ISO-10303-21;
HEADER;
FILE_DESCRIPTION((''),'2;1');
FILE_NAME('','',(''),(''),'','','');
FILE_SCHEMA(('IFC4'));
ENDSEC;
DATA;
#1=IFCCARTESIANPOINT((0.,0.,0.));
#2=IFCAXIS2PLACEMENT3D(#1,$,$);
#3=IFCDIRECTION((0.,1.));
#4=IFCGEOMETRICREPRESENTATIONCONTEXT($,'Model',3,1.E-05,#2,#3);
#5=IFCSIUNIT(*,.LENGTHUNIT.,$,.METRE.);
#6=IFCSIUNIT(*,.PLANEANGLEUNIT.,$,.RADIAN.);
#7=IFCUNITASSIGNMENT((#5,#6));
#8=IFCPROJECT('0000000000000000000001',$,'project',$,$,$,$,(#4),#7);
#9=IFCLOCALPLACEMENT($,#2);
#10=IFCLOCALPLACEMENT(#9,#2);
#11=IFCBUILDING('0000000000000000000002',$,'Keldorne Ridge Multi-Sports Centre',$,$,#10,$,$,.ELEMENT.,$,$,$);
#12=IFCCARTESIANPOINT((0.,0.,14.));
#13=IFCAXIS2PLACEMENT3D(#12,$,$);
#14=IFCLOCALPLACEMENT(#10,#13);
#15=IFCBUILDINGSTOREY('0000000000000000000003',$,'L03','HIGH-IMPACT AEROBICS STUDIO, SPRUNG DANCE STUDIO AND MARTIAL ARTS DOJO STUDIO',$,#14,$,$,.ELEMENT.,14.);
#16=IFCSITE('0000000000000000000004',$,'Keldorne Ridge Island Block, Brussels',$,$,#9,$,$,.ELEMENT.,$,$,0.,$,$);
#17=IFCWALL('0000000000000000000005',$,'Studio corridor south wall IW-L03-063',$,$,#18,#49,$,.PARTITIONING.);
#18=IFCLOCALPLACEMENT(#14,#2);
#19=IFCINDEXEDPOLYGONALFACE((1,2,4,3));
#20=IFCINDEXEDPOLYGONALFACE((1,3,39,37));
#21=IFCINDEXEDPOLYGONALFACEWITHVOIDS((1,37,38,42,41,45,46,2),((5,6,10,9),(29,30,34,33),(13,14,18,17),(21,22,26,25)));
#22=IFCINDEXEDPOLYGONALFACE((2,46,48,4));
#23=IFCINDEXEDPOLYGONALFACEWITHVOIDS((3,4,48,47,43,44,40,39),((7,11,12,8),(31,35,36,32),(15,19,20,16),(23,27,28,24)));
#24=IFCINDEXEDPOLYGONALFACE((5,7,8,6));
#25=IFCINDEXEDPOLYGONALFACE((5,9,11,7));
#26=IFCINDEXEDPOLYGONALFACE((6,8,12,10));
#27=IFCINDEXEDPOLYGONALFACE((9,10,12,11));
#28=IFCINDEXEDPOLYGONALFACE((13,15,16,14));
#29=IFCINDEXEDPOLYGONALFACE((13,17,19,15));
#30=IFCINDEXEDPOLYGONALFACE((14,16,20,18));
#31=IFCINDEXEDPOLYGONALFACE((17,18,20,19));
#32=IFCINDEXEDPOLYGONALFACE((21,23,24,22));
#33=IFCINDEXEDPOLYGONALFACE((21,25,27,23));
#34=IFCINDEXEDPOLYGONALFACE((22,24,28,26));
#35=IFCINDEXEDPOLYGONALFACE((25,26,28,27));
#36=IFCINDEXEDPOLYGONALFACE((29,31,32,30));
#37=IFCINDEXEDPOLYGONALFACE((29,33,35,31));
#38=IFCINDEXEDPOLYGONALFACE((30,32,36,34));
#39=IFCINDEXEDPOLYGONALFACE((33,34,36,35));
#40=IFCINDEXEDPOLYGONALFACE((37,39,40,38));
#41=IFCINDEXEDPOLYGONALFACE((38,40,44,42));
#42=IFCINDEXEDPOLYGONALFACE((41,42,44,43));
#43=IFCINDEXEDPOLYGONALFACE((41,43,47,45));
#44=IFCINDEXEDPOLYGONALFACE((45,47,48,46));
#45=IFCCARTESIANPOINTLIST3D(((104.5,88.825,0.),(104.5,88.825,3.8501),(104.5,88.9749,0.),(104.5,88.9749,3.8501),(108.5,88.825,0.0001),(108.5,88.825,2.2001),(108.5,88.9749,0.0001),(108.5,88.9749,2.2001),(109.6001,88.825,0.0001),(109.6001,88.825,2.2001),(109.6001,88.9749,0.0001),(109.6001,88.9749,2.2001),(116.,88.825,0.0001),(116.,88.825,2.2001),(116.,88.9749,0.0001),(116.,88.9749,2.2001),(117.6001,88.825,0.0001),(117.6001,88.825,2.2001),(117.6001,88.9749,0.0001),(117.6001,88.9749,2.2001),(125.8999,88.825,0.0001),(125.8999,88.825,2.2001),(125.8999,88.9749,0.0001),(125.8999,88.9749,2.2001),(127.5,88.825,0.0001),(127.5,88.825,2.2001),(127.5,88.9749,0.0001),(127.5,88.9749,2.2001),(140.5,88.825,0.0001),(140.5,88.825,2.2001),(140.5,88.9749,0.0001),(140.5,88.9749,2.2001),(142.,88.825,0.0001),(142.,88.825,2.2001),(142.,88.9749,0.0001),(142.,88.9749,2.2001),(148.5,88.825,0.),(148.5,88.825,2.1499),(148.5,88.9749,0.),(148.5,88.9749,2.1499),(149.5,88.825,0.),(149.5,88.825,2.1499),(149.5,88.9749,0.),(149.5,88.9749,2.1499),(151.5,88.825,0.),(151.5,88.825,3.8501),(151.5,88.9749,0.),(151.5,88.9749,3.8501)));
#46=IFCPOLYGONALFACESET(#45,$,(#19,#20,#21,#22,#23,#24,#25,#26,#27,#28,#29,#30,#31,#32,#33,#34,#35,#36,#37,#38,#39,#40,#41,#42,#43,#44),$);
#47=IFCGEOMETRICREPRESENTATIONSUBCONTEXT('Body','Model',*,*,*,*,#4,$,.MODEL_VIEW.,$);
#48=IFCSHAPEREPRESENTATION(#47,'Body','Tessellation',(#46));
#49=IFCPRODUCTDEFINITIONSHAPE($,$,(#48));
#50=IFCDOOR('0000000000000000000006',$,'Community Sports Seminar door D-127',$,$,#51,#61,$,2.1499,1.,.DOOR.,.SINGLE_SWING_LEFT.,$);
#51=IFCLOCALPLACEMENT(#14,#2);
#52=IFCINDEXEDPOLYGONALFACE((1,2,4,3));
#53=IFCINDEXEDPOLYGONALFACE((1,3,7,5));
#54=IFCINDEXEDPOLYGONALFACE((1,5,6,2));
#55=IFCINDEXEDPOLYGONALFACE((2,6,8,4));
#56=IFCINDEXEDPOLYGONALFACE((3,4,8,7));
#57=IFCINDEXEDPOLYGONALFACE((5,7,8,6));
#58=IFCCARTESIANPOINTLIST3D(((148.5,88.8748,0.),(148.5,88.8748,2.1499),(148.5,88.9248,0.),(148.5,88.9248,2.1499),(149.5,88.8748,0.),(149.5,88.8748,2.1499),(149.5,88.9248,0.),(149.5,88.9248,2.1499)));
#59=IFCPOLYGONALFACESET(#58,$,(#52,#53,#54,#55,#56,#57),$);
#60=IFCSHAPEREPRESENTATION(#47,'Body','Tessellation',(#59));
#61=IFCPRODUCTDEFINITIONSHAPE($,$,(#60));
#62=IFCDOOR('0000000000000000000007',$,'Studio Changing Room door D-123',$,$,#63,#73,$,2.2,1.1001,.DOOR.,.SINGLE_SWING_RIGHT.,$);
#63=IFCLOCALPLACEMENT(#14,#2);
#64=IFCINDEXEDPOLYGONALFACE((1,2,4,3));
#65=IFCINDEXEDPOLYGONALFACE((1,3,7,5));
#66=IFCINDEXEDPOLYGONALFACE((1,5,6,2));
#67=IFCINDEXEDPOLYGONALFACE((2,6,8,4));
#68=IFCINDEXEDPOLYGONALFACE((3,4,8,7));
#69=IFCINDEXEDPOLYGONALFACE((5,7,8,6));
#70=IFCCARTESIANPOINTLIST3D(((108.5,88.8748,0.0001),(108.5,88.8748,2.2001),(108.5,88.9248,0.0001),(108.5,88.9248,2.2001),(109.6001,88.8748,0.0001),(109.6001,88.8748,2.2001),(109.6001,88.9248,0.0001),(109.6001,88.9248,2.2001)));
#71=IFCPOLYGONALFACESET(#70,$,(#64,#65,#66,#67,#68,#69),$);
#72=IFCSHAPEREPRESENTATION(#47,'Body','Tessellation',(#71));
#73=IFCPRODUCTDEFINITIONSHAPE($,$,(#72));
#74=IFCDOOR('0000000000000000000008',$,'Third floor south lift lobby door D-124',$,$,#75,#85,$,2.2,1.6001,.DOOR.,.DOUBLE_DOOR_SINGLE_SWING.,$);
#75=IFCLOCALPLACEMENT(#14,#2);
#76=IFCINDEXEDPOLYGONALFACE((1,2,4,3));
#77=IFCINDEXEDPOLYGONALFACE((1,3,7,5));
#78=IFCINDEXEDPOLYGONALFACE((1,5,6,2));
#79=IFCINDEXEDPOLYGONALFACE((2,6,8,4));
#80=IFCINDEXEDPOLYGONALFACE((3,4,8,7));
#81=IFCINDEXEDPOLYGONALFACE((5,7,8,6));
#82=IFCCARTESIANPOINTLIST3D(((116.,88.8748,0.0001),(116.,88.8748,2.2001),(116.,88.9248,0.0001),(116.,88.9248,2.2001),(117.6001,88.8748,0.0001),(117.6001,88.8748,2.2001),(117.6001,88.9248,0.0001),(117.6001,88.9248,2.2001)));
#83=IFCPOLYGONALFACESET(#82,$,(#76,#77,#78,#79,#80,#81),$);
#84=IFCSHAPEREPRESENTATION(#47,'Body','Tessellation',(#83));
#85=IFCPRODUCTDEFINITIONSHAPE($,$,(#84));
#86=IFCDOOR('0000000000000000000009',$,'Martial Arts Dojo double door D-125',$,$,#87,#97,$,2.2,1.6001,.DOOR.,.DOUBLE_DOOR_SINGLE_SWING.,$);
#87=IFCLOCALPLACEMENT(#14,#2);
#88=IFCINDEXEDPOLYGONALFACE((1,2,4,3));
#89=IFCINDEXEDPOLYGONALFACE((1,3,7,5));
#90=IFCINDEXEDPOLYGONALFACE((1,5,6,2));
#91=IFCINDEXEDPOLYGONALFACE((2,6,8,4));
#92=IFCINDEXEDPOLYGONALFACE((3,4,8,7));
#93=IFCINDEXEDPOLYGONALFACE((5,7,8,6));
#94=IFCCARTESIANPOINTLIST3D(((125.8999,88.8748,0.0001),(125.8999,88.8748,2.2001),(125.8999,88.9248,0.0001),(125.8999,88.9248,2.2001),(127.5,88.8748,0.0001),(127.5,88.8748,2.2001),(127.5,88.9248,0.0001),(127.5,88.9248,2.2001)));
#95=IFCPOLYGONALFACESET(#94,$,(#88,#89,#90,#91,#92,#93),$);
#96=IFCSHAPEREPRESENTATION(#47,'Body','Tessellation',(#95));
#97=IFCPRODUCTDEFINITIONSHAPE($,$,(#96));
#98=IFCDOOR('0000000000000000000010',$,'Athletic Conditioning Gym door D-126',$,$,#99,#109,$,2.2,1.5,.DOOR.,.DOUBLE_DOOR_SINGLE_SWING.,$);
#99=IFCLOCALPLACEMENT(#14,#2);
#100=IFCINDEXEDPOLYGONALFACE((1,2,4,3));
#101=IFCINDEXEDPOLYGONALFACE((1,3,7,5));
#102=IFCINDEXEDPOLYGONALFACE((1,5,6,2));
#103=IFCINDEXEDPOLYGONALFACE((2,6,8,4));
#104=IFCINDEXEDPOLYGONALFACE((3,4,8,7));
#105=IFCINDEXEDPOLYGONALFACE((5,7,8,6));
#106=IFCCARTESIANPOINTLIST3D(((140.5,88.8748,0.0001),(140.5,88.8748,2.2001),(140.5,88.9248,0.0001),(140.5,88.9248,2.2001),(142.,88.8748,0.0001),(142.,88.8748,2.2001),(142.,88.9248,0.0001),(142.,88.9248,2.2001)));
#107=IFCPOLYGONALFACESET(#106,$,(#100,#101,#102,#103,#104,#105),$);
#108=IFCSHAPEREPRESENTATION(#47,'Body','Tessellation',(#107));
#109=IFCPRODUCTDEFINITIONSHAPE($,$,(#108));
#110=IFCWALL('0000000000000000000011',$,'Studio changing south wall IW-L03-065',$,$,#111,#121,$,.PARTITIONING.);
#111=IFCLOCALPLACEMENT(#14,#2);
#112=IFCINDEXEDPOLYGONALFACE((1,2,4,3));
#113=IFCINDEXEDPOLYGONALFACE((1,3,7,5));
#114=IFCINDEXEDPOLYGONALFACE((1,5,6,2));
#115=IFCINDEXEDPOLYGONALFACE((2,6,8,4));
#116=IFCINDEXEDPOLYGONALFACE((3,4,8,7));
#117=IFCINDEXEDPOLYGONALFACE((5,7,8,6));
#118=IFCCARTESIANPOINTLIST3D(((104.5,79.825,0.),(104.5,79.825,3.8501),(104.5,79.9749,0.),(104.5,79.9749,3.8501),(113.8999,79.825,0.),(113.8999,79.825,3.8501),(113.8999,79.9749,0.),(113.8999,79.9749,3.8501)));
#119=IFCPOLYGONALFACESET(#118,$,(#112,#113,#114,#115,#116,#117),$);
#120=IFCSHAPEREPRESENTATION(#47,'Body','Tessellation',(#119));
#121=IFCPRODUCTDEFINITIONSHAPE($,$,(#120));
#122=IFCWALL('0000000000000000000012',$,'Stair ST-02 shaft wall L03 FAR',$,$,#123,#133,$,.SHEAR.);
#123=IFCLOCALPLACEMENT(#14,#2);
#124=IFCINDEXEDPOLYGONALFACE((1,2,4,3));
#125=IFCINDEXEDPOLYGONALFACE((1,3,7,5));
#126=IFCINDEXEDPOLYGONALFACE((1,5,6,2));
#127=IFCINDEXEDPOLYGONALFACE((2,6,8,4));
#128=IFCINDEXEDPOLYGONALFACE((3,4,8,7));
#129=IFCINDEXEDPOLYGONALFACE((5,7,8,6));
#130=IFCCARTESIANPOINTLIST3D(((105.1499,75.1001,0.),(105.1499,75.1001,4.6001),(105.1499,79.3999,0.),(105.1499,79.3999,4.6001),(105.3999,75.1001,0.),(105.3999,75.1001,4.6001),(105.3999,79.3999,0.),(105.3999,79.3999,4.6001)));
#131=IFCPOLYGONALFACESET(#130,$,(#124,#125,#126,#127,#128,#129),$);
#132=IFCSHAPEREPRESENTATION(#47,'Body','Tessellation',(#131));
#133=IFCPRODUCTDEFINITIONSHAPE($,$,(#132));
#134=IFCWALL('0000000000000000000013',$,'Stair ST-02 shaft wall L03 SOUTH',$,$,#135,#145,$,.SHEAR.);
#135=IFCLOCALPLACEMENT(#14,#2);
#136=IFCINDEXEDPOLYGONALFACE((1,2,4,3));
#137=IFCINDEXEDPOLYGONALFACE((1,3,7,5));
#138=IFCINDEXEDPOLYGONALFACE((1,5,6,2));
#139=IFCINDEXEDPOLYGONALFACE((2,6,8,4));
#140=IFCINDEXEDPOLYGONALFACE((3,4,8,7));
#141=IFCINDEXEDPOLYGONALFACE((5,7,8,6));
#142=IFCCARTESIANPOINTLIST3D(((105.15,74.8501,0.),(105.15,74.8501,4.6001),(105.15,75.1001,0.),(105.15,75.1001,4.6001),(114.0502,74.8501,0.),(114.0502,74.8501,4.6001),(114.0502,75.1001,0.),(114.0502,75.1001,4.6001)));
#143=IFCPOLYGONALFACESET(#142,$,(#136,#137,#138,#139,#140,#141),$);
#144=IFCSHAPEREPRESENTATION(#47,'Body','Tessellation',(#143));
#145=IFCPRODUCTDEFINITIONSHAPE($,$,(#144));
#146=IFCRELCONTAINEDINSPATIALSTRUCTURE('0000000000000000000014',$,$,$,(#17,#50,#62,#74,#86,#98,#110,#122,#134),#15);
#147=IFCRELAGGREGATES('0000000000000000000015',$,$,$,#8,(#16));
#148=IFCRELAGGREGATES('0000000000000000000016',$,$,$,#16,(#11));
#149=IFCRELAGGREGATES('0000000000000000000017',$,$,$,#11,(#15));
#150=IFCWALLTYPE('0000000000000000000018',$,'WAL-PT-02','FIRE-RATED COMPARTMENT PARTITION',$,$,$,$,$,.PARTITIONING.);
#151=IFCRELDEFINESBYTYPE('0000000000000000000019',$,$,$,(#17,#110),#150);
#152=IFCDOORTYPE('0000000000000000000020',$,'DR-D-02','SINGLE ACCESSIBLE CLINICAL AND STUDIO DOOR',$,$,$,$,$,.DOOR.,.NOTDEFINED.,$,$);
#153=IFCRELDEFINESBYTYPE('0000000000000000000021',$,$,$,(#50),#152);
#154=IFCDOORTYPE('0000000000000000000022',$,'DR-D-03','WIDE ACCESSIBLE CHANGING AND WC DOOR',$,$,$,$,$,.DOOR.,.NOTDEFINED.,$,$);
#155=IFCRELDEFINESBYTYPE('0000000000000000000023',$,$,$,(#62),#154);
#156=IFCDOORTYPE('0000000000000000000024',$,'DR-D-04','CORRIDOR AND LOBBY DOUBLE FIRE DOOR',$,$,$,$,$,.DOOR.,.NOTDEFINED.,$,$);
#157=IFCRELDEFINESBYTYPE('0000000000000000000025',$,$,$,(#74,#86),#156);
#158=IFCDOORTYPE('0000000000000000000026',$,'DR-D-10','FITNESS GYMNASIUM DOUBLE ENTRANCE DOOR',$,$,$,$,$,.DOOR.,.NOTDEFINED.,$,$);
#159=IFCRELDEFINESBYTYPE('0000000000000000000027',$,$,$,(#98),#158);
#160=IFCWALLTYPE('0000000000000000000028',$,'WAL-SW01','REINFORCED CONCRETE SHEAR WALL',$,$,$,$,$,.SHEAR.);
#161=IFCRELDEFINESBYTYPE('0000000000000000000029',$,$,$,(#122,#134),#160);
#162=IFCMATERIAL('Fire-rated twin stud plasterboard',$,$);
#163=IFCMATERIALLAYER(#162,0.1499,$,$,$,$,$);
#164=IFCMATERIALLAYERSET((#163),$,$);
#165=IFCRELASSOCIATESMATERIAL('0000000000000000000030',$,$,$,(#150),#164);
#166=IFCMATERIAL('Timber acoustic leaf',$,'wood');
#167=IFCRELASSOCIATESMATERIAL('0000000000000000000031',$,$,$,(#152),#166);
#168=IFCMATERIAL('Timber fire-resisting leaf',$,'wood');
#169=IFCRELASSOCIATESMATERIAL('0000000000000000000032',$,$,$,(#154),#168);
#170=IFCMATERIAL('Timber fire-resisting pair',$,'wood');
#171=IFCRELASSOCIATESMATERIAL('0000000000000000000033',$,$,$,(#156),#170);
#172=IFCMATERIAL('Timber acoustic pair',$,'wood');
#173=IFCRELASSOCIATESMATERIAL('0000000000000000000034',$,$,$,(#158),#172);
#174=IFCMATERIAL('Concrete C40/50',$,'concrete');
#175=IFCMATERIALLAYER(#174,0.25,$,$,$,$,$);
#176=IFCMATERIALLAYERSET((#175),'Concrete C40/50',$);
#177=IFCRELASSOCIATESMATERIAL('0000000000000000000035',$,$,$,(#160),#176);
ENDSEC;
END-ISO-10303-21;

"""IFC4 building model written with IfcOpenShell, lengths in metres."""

from ifc_helpers import new_model, si_unit, direction, frame, frame_2d, origin, place, context, subcontext, project, spatial, rectangle, extrude, material, layer, layer_set, type_object, element, fill, save


model = new_model("IFC4")

# Units and contexts
model_context = context("Model", 3, precision=1e-05, world=origin(), true_north=direction((0.0, 1.0)))
body_context = subcontext(model_context, "Body", "Model", "MODEL_VIEW")
ifc_project = project(units=[si_unit("LENGTHUNIT", "METRE"), si_unit("PLANEANGLEUNIT", "RADIAN")], contexts=[model_context])

# Site, building, storey
site_placement = place(None, origin())
site = spatial("IfcSite", under=ifc_project, at=site_placement, Name="Keldorne Ridge Island Block, Brussels", CompositionType="ELEMENT", RefElevation=0.0)
building_placement = place(site_placement, origin())
building = spatial("IfcBuilding", under=site, at=building_placement, Name="Keldorne Ridge Multi-Sports Centre", CompositionType="ELEMENT")
storey_placement = place(building_placement, frame((0.0, 0.0, 14.0)))
storey = spatial("IfcBuildingStorey", under=building, at=storey_placement, Name="L03", Description="HIGH-IMPACT AEROBICS STUDIO, SPRUNG DANCE STUDIO AND MARTIAL ARTS DOJO STUDIO", CompositionType="ELEMENT", Elevation=14.0)

# Wall, openings, doors
ifc_material_1 = material(Name="Fire-rated twin stud plasterboard")
ifc_layer_1 = layer(ifc_material_1, 0.1499)
ifc_layer_set_1 = layer_set([ifc_layer_1])
wall_type_1 = type_object("IfcWallType", Name="WAL-PT-02", Description="FIRE-RATED COMPARTMENT PARTITION", PredefinedType="PARTITIONING", material=ifc_layer_set_1)
wall_1_placement = place(storey_placement, frame((104.5, 88.8999, 0.0), z_axis=(0.0, 0.0, 1.0), x_axis=(1.0, 0.0, 0.0)))
wall_1 = element("IfcWall", 1, at=wall_1_placement, inside=storey, type_object=wall_type_1, Name="Studio corridor south wall IW-L03-063", PredefinedType="PARTITIONING", context=body_context, shape_type="SweptSolid", body=[
    extrude(rectangle(XDim=47.0, YDim=0.1499, at=frame_2d((23.5, 0.0))), origin(), (0.0, 0.0, 1.0), 3.8501),
])
opening_1_placement = place(wall_1_placement, frame((4.0, 0.0, 0.0)))
opening_1 = element("IfcOpeningElement", 2, at=opening_1_placement, cuts=wall_1, PredefinedType="OPENING", context=body_context, shape_type="SweptSolid", body=[
    extrude(rectangle(XDim=1.1001, YDim=2.2, at=frame_2d((0.55, 1.1001))), frame((0.0, 0.085, 0.0), z_axis=(0.0, -1.0, 0.0), x_axis=(1.0, 0.0, 0.0)), (0.0, 0.0, 1.0), 0.1699),
])
opening_2_placement = place(wall_1_placement, frame((11.5, 0.0, 0.0)))
opening_2 = element("IfcOpeningElement", 3, at=opening_2_placement, cuts=wall_1, PredefinedType="OPENING", context=body_context, shape_type="SweptSolid", body=[
    extrude(rectangle(XDim=1.6001, YDim=2.2, at=frame_2d((0.8, 1.1001))), frame((0.0, 0.085, 0.0), z_axis=(0.0, -1.0, 0.0), x_axis=(1.0, 0.0, 0.0)), (0.0, 0.0, 1.0), 0.1699),
])
opening_3_placement = place(wall_1_placement, frame((21.3999, 0.0, 0.0)))
opening_3 = element("IfcOpeningElement", 4, at=opening_3_placement, cuts=wall_1, PredefinedType="OPENING", context=body_context, shape_type="SweptSolid", body=[
    extrude(rectangle(XDim=1.6001, YDim=2.2, at=frame_2d((0.8, 1.1001))), frame((0.0, 0.085, 0.0), z_axis=(0.0, -1.0, 0.0), x_axis=(1.0, 0.0, 0.0)), (0.0, 0.0, 1.0), 0.1699),
])
opening_4_placement = place(wall_1_placement, frame((36.0, 0.0, 0.0)))
opening_4 = element("IfcOpeningElement", 5, at=opening_4_placement, cuts=wall_1, PredefinedType="OPENING", context=body_context, shape_type="SweptSolid", body=[
    extrude(rectangle(XDim=1.5, YDim=2.2, at=frame_2d((0.75, 1.1001))), frame((0.0, 0.085, 0.0), z_axis=(0.0, -1.0, 0.0), x_axis=(1.0, 0.0, 0.0)), (0.0, 0.0, 1.0), 0.1699),
])
opening_5_placement = place(wall_1_placement, frame((44.0, 0.0, 0.0)))
opening_5 = element("IfcOpeningElement", 6, at=opening_5_placement, cuts=wall_1, PredefinedType="OPENING", context=body_context, shape_type="SweptSolid", body=[
    extrude(rectangle(XDim=1.0, YDim=2.1499, at=frame_2d((0.5, 1.075))), frame((0.0, 0.085, 0.0), z_axis=(0.0, -1.0, 0.0), x_axis=(1.0, 0.0, 0.0)), (0.0, 0.0, 1.0), 0.1699),
])
ifc_material_2 = material(Name="Timber acoustic leaf", Category="wood")
door_type_1 = type_object("IfcDoorType", Name="DR-D-02", Description="SINGLE ACCESSIBLE CLINICAL AND STUDIO DOOR", OperationType="NOTDEFINED", PredefinedType="DOOR", material=ifc_material_2)
door_1_placement = place(opening_5_placement, origin())
door_1 = element("IfcDoor", 7, at=door_1_placement, inside=storey, type_object=door_type_1, Name="Community Sports Seminar door D-127", OperationType="SINGLE_SWING_LEFT", OverallHeight=2.1499, OverallWidth=1.0, PredefinedType="DOOR", context=body_context, shape_type="SweptSolid", body=[
    extrude(rectangle(XDim=1.0, YDim=2.1499, at=frame_2d((0.5, 1.075))), frame((0.0, 0.0249, 0.0), z_axis=(0.0, -1.0, 0.0), x_axis=(1.0, 0.0, 0.0)), (0.0, 0.0, 1.0), 0.05),
])
fill(opening_5, door_1)
ifc_material_3 = material(Name="Timber fire-resisting leaf", Category="wood")
door_type_2 = type_object("IfcDoorType", Name="DR-D-03", Description="WIDE ACCESSIBLE CHANGING AND WC DOOR", OperationType="NOTDEFINED", PredefinedType="DOOR", material=ifc_material_3)
door_2_placement = place(opening_1_placement, origin())
door_2 = element("IfcDoor", 8, at=door_2_placement, inside=storey, type_object=door_type_2, Name="Studio Changing Room door D-123", OperationType="SINGLE_SWING_RIGHT", OverallHeight=2.2, OverallWidth=1.1001, PredefinedType="DOOR", context=body_context, shape_type="SweptSolid", body=[
    extrude(rectangle(XDim=1.1001, YDim=2.2, at=frame_2d((0.55, 1.1001))), frame((0.0, 0.0249, 0.0), z_axis=(0.0, -1.0, 0.0), x_axis=(1.0, 0.0, 0.0)), (0.0, 0.0, 1.0), 0.05),
])
fill(opening_1, door_2)
ifc_material_4 = material(Name="Timber fire-resisting pair", Category="wood")
door_type_3 = type_object("IfcDoorType", Name="DR-D-04", Description="CORRIDOR AND LOBBY DOUBLE FIRE DOOR", OperationType="NOTDEFINED", PredefinedType="DOOR", material=ifc_material_4)
door_3_placement = place(opening_2_placement, origin())
door_3 = element("IfcDoor", 9, at=door_3_placement, inside=storey, type_object=door_type_3, Name="Third floor south lift lobby door D-124", OperationType="DOUBLE_DOOR_SINGLE_SWING", OverallHeight=2.2, OverallWidth=1.6001, PredefinedType="DOOR", context=body_context, shape_type="SweptSolid", body=[
    extrude(rectangle(XDim=1.6001, YDim=2.2, at=frame_2d((0.8, 1.1001))), frame((0.0, 0.0249, 0.0), z_axis=(0.0, -1.0, 0.0), x_axis=(1.0, 0.0, 0.0)), (0.0, 0.0, 1.0), 0.05),
])
fill(opening_2, door_3)
door_4_placement = place(opening_3_placement, origin())
door_4 = element("IfcDoor", 10, at=door_4_placement, inside=storey, type_object=door_type_3, Name="Martial Arts Dojo double door D-125", OperationType="DOUBLE_DOOR_SINGLE_SWING", OverallHeight=2.2, OverallWidth=1.6001, PredefinedType="DOOR", context=body_context, shape_type="SweptSolid", body=[
    extrude(rectangle(XDim=1.6001, YDim=2.2, at=frame_2d((0.8, 1.1001))), frame((0.0, 0.0249, 0.0), z_axis=(0.0, -1.0, 0.0), x_axis=(1.0, 0.0, 0.0)), (0.0, 0.0, 1.0), 0.05),
])
fill(opening_3, door_4)
ifc_material_5 = material(Name="Timber acoustic pair", Category="wood")
door_type_4 = type_object("IfcDoorType", Name="DR-D-10", Description="FITNESS GYMNASIUM DOUBLE ENTRANCE DOOR", OperationType="NOTDEFINED", PredefinedType="DOOR", material=ifc_material_5)
door_5_placement = place(opening_4_placement, origin())
door_5 = element("IfcDoor", 11, at=door_5_placement, inside=storey, type_object=door_type_4, Name="Athletic Conditioning Gym door D-126", OperationType="DOUBLE_DOOR_SINGLE_SWING", OverallHeight=2.2, OverallWidth=1.5, PredefinedType="DOOR", context=body_context, shape_type="SweptSolid", body=[
    extrude(rectangle(XDim=1.5, YDim=2.2, at=frame_2d((0.75, 1.1001))), frame((0.0, 0.0249, 0.0), z_axis=(0.0, -1.0, 0.0), x_axis=(1.0, 0.0, 0.0)), (0.0, 0.0, 1.0), 0.05),
])
fill(opening_4, door_5)

# Walls
wall_2_placement = place(storey_placement, frame((104.5, 79.8999, 0.0), z_axis=(0.0, 0.0, 1.0), x_axis=(1.0, 0.0, 0.0)))
element("IfcWall", 12, at=wall_2_placement, inside=storey, type_object=wall_type_1, Name="Studio changing south wall IW-L03-065", PredefinedType="PARTITIONING", context=body_context, shape_type="SweptSolid", body=[
    extrude(rectangle(XDim=9.3999, YDim=0.1499, at=frame_2d((4.7, 0.0))), origin(), (0.0, 0.0, 1.0), 3.8501),
])
ifc_material_6 = material(Name="Concrete C40/50", Category="concrete")
ifc_layer_2 = layer(ifc_material_6, 0.25)
ifc_layer_set_2 = layer_set([ifc_layer_2], Name="Concrete C40/50")
wall_type_2 = type_object("IfcWallType", Name="WAL-SW01", Description="REINFORCED CONCRETE SHEAR WALL", PredefinedType="SHEAR", material=ifc_layer_set_2)
wall_3_placement = place(storey_placement, frame((105.2749, 79.3999, 0.0), z_axis=(0.0, 0.0, 1.0), x_axis=(0.0, -1.0, 0.0)))
element("IfcWall", 13, at=wall_3_placement, inside=storey, type_object=wall_type_2, Name="Stair ST-02 shaft wall L03 FAR", PredefinedType="SHEAR", context=body_context, shape_type="SweptSolid", body=[
    extrude(rectangle(XDim=4.2998, YDim=0.25, at=frame_2d((2.1499, 0.0))), origin(), (0.0, 0.0, 1.0), 4.6001),
])
wall_4_placement = place(storey_placement, frame((105.1499, 74.9751, 0.0), z_axis=(0.0, 0.0, 1.0), x_axis=(1.0, 0.0, 0.0)))
element("IfcWall", 14, at=wall_4_placement, inside=storey, type_object=wall_type_2, Name="Stair ST-02 shaft wall L03 SOUTH", PredefinedType="SHEAR", context=body_context, shape_type="SweptSolid", body=[
    extrude(rectangle(XDim=8.9001, YDim=0.25, at=frame_2d((4.4502, 0.0))), origin(), (0.0, 0.0, 1.0), 4.6001),
])

save(model, "model.ifc")
